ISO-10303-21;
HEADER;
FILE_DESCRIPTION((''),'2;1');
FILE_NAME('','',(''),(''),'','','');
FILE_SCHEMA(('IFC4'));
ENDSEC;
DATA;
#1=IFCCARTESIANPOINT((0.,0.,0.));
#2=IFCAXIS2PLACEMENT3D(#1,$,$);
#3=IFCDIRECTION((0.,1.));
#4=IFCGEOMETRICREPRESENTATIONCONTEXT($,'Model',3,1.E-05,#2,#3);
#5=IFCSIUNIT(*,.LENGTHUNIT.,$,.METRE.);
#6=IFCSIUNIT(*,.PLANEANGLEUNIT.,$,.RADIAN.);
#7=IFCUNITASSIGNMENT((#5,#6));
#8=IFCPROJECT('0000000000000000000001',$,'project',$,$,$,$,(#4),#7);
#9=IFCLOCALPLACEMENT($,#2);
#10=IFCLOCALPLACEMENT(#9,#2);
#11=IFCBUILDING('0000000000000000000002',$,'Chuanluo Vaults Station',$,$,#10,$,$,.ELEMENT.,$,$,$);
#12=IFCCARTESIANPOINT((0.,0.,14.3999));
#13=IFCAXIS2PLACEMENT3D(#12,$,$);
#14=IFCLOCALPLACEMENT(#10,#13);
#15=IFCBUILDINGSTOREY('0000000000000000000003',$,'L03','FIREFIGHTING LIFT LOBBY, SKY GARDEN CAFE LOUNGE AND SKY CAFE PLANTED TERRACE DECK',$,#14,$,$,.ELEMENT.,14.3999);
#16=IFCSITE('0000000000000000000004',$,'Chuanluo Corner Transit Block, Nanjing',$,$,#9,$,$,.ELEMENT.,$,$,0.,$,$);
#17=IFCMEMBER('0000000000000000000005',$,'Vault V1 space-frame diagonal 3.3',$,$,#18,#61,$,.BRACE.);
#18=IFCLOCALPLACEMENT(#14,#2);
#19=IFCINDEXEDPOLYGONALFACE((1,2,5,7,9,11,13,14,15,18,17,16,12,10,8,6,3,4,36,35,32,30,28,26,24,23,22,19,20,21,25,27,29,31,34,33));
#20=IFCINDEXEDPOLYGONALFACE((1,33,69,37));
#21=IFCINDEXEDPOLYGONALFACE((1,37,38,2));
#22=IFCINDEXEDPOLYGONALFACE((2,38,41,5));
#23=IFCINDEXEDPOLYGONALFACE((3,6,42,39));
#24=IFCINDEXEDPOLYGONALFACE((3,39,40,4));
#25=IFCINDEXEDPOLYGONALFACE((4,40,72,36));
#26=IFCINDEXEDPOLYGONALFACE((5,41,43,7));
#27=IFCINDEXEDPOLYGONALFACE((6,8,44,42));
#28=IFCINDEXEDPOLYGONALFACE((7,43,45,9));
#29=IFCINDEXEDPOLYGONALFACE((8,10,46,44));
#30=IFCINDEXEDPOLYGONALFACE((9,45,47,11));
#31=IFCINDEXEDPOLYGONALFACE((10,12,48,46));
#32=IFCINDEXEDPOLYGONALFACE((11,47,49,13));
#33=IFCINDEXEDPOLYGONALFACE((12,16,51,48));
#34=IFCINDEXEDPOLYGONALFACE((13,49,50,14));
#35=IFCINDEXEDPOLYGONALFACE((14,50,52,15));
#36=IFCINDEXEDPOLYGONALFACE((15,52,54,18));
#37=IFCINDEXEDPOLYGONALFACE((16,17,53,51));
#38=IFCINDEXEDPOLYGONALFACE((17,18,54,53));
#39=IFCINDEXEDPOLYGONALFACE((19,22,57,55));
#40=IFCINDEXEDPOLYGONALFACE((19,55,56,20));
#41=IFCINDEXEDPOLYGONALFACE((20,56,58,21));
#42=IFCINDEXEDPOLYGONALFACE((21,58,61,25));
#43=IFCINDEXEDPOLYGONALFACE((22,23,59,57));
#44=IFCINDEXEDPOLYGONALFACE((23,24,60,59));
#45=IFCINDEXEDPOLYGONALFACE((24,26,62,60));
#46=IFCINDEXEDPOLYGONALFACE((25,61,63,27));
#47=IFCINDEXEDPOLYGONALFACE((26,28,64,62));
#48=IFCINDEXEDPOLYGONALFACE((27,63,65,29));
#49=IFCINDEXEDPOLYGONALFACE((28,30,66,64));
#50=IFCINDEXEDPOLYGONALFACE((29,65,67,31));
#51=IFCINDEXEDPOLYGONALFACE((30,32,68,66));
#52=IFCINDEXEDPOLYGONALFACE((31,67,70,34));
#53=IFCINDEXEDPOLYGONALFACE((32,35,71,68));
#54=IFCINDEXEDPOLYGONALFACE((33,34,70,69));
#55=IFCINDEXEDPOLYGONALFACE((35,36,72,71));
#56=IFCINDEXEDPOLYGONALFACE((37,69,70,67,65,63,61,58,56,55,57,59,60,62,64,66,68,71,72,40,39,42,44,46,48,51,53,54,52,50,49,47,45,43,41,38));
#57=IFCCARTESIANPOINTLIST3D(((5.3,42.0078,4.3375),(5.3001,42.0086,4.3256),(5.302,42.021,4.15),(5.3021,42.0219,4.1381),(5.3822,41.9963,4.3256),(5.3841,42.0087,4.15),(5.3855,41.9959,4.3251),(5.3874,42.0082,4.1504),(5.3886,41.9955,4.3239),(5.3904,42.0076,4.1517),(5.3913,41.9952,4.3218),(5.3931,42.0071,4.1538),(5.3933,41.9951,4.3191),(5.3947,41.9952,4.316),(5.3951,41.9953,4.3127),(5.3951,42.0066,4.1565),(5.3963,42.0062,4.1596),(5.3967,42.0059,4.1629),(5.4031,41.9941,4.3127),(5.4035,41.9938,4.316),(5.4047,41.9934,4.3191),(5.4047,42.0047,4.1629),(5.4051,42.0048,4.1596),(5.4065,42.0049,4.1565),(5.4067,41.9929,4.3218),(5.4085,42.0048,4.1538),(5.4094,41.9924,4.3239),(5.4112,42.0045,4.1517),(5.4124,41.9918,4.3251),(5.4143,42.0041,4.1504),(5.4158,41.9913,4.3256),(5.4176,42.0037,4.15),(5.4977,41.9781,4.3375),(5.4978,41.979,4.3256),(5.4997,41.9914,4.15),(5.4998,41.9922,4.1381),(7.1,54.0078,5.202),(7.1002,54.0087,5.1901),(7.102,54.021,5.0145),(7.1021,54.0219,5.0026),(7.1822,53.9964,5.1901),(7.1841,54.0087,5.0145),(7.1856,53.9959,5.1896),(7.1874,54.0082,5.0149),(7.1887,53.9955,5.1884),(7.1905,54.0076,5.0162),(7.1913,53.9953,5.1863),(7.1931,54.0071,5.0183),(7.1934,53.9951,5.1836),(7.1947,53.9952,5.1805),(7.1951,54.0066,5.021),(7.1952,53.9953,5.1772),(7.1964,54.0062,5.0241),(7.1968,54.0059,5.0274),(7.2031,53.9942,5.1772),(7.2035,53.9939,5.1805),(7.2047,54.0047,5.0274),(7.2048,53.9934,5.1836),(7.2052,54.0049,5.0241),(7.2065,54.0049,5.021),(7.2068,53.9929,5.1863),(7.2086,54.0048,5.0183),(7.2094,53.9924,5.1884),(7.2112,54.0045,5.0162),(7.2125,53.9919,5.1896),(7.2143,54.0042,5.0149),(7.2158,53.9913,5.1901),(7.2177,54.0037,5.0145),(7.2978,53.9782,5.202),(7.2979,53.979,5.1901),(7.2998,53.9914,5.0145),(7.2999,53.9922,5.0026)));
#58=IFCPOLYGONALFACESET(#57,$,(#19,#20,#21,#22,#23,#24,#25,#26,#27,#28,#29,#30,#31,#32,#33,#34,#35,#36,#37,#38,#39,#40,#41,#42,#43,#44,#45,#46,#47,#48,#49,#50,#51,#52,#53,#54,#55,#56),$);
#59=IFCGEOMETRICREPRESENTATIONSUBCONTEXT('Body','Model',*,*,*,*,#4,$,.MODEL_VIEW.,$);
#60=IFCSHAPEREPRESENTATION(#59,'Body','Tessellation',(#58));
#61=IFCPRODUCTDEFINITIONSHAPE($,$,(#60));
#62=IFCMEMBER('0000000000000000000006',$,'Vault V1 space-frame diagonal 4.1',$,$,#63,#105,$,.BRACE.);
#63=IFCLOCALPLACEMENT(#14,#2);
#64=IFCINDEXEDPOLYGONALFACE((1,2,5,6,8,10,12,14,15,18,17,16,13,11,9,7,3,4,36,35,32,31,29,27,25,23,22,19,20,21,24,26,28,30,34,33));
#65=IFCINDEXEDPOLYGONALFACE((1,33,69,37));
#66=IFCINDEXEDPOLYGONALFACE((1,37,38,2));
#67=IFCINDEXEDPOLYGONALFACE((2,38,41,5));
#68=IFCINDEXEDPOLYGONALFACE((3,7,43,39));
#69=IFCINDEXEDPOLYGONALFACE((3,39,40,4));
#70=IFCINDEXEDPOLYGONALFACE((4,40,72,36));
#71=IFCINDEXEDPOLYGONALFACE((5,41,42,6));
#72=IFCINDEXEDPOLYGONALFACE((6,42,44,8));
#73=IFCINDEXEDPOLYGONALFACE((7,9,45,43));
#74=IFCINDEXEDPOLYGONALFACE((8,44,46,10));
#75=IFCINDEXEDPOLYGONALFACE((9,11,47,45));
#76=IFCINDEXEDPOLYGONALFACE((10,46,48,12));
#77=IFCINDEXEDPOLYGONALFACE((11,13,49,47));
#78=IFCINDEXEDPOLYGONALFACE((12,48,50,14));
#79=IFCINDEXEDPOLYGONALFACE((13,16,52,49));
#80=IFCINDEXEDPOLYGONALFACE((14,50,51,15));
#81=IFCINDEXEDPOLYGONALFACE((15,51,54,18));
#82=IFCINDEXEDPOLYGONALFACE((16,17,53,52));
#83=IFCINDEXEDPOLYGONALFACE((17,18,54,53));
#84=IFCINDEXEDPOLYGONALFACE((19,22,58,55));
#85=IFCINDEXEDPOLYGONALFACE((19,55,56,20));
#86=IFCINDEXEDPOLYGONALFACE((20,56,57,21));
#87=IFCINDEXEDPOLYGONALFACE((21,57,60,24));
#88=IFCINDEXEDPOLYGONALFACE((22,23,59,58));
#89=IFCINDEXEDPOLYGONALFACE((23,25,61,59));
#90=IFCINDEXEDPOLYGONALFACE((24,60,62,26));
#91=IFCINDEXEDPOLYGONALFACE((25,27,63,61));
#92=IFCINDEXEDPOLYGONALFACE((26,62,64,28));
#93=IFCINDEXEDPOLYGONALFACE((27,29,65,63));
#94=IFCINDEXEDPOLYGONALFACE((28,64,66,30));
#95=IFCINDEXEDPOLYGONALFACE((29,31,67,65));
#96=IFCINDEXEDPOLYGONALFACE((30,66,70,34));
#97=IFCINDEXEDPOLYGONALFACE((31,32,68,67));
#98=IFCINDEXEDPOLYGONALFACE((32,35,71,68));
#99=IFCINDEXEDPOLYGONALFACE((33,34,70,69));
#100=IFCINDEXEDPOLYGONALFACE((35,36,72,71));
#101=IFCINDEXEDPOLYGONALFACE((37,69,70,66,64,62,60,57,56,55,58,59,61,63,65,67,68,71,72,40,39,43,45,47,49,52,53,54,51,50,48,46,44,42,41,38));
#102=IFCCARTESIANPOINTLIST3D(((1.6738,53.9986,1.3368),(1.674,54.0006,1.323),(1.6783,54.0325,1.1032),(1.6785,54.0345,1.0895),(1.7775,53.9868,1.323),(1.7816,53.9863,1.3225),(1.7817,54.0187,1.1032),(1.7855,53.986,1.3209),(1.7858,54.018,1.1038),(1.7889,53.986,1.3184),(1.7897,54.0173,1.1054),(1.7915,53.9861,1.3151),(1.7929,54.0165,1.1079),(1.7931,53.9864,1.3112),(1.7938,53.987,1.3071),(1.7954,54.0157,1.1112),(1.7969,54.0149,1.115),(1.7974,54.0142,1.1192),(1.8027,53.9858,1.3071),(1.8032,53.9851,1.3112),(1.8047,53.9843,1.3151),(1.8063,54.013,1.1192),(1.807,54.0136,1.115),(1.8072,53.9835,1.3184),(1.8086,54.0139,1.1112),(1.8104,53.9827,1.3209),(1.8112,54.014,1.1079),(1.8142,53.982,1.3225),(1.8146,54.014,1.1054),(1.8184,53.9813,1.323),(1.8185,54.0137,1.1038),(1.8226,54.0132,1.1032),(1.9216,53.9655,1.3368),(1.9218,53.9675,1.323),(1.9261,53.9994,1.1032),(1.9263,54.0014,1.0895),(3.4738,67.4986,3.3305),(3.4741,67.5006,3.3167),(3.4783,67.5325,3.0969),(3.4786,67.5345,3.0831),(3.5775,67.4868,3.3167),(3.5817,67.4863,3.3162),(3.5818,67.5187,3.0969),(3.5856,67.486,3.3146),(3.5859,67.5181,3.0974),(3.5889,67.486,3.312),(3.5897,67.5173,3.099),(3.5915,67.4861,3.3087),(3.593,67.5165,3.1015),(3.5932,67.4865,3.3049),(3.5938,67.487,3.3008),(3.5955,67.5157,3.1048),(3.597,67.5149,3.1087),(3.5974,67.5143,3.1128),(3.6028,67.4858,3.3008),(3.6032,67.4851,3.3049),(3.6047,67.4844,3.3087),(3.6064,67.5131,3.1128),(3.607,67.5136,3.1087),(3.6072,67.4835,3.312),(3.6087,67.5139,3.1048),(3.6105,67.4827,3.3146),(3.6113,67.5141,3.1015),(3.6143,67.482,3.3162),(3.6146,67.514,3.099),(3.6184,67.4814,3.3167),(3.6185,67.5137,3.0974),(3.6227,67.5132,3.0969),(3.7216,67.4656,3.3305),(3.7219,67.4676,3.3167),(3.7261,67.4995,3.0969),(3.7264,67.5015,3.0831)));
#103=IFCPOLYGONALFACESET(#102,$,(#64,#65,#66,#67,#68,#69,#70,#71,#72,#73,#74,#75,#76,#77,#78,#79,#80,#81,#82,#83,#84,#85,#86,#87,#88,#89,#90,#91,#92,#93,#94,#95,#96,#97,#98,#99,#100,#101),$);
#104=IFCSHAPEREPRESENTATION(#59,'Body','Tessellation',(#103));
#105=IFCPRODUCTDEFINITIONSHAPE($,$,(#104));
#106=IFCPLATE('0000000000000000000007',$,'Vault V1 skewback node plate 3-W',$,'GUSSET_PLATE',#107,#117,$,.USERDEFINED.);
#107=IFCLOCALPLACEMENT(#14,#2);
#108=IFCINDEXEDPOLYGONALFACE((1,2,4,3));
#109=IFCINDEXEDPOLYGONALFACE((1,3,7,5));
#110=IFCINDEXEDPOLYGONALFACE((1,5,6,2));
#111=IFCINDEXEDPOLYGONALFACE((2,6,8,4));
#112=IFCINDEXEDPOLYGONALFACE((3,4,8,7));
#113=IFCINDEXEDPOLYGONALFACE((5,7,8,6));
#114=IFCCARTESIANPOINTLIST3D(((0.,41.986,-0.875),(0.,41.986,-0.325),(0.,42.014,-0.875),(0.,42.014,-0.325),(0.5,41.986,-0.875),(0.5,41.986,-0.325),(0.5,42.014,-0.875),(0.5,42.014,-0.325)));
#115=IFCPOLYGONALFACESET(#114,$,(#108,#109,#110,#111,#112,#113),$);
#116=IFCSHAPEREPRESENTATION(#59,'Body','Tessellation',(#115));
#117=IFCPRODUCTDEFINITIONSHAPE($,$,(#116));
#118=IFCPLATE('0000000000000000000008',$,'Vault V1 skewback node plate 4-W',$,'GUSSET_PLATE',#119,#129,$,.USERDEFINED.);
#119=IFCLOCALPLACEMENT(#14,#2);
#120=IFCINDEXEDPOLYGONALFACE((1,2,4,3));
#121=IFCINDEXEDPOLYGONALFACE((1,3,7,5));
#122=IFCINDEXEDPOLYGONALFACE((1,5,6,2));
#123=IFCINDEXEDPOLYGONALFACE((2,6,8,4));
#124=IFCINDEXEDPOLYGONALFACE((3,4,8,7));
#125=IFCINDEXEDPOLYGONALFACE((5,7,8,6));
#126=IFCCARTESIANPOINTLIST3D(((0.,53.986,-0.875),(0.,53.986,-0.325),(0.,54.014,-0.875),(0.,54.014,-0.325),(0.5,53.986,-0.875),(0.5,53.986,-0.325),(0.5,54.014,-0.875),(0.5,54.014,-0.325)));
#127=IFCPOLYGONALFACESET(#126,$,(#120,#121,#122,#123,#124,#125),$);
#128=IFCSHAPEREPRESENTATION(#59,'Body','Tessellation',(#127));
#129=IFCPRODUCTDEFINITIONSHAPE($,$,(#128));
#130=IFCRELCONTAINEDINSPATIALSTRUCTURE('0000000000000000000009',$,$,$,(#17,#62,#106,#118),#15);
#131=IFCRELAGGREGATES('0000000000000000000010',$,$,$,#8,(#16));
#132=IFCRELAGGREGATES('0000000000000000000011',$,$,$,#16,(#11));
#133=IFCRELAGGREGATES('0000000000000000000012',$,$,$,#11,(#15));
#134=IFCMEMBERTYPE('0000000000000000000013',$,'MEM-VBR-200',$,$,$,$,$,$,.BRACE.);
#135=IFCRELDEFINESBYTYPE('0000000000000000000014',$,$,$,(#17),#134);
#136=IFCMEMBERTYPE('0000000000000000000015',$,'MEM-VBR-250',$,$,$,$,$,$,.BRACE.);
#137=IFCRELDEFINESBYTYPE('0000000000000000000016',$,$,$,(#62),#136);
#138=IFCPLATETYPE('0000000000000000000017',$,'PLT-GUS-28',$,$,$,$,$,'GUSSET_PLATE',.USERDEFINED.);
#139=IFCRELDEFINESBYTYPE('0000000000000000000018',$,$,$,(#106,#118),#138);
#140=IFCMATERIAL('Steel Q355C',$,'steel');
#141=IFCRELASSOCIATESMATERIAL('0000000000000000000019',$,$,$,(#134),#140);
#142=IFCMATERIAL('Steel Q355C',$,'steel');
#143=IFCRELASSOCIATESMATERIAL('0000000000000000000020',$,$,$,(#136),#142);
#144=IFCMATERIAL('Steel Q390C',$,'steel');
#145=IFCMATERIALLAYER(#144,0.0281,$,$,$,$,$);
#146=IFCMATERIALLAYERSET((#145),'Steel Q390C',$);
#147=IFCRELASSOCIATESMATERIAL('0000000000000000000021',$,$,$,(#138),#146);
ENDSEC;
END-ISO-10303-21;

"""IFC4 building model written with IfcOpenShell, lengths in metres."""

from ifc_helpers import new_model, si_unit, direction, frame, origin, origin_2d, place, context, subcontext, project, spatial, rectangle, i_section, extrude, material, layer, layer_set, material_profile, profile_set, type_object, element, save


model = new_model("IFC4")

# Units and contexts
model_context = context("Model", 3, precision=1e-05, world=origin(), true_north=direction((0.0, 1.0)))
body_context = subcontext(model_context, "Body", "Model", "MODEL_VIEW")
ifc_project = project(units=[si_unit("LENGTHUNIT", "METRE"), si_unit("PLANEANGLEUNIT", "RADIAN")], contexts=[model_context])

# Site, building, storey
site_placement = place(None, origin())
site = spatial("IfcSite", under=ifc_project, at=site_placement, Name="Chuanluo Corner Transit Block, Nanjing", CompositionType="ELEMENT", RefElevation=0.0)
building_placement = place(site_placement, origin())
building = spatial("IfcBuilding", under=site, at=building_placement, Name="Chuanluo Vaults Station", CompositionType="ELEMENT")
storey_placement = place(building_placement, frame((0.0, 0.0, 14.3999)))
storey = spatial("IfcBuildingStorey", under=building, at=storey_placement, Name="L03", Description="FIREFIGHTING LIFT LOBBY, SKY GARDEN CAFE LOUNGE AND SKY CAFE PLANTED TERRACE DECK", CompositionType="ELEMENT", Elevation=14.3999)

# Members
ifc_material_1 = material(Name="Steel Q355C", Category="steel")
ifc_material_profile_1 = material_profile(ifc_material_1, i_section(OverallWidth=0.2, OverallDepth=0.2, WebThickness=0.0081, FlangeThickness=0.012, FilletRadius=0.0129, at=origin_2d()))
ifc_profile_set_1 = profile_set([ifc_material_profile_1], Name="Steel Q355C")
member_type_1 = type_object("IfcMemberType", Name="MEM-VBR-200", PredefinedType="BRACE", material=ifc_profile_set_1)
member_1_placement = place(storey_placement, frame((5.3999, 42.0, 4.2378), z_axis=(0.147969, 0.986435, 0.071065), x_axis=(-0.988936, 0.148344, 0.0)))
element("IfcMember", 1, at=member_1_placement, inside=storey, type_object=member_type_1, Name="Vault V1 space-frame diagonal 3.3", PredefinedType="BRACE", context=body_context, shape_type="SweptSolid", body=[
    extrude(i_section(OverallWidth=0.2, OverallDepth=0.2, WebThickness=0.0081, FlangeThickness=0.012, FilletRadius=0.0129, at=origin_2d()), origin(), (0.0, 0.0, 1.0), 12.165),
])
ifc_material_2 = material(Name="Steel Q355C", Category="steel")
ifc_material_profile_2 = material_profile(ifc_material_2, i_section(OverallWidth=0.25, OverallDepth=0.25, WebThickness=0.009, FlangeThickness=0.0139, FilletRadius=0.0161, at=origin_2d()))
ifc_profile_set_2 = profile_set([ifc_material_profile_2], Name="Steel Q355C")
member_type_2 = type_object("IfcMemberType", Name="MEM-VBR-250", PredefinedType="BRACE", material=ifc_profile_set_2)
member_2_placement = place(storey_placement, frame((1.8, 54.0, 1.2131), z_axis=(0.130774, 0.980775, 0.144839), x_axis=(-0.991227, 0.132167, 0.0)))
element("IfcMember", 2, at=member_2_placement, inside=storey, type_object=member_type_2, Name="Vault V1 space-frame diagonal 4.1", PredefinedType="BRACE", context=body_context, shape_type="SweptSolid", body=[
    extrude(i_section(OverallWidth=0.25, OverallDepth=0.25, WebThickness=0.009, FlangeThickness=0.0139, FilletRadius=0.0161, at=origin_2d()), origin(), (0.0, 0.0, 1.0), 13.7646),
])

# Plates
ifc_material_3 = material(Name="Steel Q390C", Category="steel")
ifc_layer = layer(ifc_material_3, 0.0281)
ifc_layer_set = layer_set([ifc_layer], Name="Steel Q390C")
plate_type = type_object("IfcPlateType", Name="PLT-GUS-28", ElementType="GUSSET_PLATE", PredefinedType="USERDEFINED", material=ifc_layer_set)
for number, where, z_axis, x_axis, name in (
    (3, (0.25, 42.0, -0.875), (0.0, 0.0, 1.0), (1.0, 0.0, 0.0), "Vault V1 skewback node plate 3-W"),
    (4, (0.25, 54.0, -0.875), (0.0, 0.0, 1.0), (1.0, 0.0, 0.0), "Vault V1 skewback node plate 4-W"),
):
    element("IfcPlate", number, at=place(storey_placement, frame(where, z_axis=z_axis, x_axis=x_axis)), inside=storey, type_object=plate_type, Name=name, ObjectType="GUSSET_PLATE", PredefinedType="USERDEFINED", context=body_context, shape_type="SweptSolid", body=[
        extrude(rectangle(XDim=0.5, YDim=0.0281, at=origin_2d()), origin(), (0.0, 0.0, 1.0), 0.55),
    ])

save(model, "model.ifc")
